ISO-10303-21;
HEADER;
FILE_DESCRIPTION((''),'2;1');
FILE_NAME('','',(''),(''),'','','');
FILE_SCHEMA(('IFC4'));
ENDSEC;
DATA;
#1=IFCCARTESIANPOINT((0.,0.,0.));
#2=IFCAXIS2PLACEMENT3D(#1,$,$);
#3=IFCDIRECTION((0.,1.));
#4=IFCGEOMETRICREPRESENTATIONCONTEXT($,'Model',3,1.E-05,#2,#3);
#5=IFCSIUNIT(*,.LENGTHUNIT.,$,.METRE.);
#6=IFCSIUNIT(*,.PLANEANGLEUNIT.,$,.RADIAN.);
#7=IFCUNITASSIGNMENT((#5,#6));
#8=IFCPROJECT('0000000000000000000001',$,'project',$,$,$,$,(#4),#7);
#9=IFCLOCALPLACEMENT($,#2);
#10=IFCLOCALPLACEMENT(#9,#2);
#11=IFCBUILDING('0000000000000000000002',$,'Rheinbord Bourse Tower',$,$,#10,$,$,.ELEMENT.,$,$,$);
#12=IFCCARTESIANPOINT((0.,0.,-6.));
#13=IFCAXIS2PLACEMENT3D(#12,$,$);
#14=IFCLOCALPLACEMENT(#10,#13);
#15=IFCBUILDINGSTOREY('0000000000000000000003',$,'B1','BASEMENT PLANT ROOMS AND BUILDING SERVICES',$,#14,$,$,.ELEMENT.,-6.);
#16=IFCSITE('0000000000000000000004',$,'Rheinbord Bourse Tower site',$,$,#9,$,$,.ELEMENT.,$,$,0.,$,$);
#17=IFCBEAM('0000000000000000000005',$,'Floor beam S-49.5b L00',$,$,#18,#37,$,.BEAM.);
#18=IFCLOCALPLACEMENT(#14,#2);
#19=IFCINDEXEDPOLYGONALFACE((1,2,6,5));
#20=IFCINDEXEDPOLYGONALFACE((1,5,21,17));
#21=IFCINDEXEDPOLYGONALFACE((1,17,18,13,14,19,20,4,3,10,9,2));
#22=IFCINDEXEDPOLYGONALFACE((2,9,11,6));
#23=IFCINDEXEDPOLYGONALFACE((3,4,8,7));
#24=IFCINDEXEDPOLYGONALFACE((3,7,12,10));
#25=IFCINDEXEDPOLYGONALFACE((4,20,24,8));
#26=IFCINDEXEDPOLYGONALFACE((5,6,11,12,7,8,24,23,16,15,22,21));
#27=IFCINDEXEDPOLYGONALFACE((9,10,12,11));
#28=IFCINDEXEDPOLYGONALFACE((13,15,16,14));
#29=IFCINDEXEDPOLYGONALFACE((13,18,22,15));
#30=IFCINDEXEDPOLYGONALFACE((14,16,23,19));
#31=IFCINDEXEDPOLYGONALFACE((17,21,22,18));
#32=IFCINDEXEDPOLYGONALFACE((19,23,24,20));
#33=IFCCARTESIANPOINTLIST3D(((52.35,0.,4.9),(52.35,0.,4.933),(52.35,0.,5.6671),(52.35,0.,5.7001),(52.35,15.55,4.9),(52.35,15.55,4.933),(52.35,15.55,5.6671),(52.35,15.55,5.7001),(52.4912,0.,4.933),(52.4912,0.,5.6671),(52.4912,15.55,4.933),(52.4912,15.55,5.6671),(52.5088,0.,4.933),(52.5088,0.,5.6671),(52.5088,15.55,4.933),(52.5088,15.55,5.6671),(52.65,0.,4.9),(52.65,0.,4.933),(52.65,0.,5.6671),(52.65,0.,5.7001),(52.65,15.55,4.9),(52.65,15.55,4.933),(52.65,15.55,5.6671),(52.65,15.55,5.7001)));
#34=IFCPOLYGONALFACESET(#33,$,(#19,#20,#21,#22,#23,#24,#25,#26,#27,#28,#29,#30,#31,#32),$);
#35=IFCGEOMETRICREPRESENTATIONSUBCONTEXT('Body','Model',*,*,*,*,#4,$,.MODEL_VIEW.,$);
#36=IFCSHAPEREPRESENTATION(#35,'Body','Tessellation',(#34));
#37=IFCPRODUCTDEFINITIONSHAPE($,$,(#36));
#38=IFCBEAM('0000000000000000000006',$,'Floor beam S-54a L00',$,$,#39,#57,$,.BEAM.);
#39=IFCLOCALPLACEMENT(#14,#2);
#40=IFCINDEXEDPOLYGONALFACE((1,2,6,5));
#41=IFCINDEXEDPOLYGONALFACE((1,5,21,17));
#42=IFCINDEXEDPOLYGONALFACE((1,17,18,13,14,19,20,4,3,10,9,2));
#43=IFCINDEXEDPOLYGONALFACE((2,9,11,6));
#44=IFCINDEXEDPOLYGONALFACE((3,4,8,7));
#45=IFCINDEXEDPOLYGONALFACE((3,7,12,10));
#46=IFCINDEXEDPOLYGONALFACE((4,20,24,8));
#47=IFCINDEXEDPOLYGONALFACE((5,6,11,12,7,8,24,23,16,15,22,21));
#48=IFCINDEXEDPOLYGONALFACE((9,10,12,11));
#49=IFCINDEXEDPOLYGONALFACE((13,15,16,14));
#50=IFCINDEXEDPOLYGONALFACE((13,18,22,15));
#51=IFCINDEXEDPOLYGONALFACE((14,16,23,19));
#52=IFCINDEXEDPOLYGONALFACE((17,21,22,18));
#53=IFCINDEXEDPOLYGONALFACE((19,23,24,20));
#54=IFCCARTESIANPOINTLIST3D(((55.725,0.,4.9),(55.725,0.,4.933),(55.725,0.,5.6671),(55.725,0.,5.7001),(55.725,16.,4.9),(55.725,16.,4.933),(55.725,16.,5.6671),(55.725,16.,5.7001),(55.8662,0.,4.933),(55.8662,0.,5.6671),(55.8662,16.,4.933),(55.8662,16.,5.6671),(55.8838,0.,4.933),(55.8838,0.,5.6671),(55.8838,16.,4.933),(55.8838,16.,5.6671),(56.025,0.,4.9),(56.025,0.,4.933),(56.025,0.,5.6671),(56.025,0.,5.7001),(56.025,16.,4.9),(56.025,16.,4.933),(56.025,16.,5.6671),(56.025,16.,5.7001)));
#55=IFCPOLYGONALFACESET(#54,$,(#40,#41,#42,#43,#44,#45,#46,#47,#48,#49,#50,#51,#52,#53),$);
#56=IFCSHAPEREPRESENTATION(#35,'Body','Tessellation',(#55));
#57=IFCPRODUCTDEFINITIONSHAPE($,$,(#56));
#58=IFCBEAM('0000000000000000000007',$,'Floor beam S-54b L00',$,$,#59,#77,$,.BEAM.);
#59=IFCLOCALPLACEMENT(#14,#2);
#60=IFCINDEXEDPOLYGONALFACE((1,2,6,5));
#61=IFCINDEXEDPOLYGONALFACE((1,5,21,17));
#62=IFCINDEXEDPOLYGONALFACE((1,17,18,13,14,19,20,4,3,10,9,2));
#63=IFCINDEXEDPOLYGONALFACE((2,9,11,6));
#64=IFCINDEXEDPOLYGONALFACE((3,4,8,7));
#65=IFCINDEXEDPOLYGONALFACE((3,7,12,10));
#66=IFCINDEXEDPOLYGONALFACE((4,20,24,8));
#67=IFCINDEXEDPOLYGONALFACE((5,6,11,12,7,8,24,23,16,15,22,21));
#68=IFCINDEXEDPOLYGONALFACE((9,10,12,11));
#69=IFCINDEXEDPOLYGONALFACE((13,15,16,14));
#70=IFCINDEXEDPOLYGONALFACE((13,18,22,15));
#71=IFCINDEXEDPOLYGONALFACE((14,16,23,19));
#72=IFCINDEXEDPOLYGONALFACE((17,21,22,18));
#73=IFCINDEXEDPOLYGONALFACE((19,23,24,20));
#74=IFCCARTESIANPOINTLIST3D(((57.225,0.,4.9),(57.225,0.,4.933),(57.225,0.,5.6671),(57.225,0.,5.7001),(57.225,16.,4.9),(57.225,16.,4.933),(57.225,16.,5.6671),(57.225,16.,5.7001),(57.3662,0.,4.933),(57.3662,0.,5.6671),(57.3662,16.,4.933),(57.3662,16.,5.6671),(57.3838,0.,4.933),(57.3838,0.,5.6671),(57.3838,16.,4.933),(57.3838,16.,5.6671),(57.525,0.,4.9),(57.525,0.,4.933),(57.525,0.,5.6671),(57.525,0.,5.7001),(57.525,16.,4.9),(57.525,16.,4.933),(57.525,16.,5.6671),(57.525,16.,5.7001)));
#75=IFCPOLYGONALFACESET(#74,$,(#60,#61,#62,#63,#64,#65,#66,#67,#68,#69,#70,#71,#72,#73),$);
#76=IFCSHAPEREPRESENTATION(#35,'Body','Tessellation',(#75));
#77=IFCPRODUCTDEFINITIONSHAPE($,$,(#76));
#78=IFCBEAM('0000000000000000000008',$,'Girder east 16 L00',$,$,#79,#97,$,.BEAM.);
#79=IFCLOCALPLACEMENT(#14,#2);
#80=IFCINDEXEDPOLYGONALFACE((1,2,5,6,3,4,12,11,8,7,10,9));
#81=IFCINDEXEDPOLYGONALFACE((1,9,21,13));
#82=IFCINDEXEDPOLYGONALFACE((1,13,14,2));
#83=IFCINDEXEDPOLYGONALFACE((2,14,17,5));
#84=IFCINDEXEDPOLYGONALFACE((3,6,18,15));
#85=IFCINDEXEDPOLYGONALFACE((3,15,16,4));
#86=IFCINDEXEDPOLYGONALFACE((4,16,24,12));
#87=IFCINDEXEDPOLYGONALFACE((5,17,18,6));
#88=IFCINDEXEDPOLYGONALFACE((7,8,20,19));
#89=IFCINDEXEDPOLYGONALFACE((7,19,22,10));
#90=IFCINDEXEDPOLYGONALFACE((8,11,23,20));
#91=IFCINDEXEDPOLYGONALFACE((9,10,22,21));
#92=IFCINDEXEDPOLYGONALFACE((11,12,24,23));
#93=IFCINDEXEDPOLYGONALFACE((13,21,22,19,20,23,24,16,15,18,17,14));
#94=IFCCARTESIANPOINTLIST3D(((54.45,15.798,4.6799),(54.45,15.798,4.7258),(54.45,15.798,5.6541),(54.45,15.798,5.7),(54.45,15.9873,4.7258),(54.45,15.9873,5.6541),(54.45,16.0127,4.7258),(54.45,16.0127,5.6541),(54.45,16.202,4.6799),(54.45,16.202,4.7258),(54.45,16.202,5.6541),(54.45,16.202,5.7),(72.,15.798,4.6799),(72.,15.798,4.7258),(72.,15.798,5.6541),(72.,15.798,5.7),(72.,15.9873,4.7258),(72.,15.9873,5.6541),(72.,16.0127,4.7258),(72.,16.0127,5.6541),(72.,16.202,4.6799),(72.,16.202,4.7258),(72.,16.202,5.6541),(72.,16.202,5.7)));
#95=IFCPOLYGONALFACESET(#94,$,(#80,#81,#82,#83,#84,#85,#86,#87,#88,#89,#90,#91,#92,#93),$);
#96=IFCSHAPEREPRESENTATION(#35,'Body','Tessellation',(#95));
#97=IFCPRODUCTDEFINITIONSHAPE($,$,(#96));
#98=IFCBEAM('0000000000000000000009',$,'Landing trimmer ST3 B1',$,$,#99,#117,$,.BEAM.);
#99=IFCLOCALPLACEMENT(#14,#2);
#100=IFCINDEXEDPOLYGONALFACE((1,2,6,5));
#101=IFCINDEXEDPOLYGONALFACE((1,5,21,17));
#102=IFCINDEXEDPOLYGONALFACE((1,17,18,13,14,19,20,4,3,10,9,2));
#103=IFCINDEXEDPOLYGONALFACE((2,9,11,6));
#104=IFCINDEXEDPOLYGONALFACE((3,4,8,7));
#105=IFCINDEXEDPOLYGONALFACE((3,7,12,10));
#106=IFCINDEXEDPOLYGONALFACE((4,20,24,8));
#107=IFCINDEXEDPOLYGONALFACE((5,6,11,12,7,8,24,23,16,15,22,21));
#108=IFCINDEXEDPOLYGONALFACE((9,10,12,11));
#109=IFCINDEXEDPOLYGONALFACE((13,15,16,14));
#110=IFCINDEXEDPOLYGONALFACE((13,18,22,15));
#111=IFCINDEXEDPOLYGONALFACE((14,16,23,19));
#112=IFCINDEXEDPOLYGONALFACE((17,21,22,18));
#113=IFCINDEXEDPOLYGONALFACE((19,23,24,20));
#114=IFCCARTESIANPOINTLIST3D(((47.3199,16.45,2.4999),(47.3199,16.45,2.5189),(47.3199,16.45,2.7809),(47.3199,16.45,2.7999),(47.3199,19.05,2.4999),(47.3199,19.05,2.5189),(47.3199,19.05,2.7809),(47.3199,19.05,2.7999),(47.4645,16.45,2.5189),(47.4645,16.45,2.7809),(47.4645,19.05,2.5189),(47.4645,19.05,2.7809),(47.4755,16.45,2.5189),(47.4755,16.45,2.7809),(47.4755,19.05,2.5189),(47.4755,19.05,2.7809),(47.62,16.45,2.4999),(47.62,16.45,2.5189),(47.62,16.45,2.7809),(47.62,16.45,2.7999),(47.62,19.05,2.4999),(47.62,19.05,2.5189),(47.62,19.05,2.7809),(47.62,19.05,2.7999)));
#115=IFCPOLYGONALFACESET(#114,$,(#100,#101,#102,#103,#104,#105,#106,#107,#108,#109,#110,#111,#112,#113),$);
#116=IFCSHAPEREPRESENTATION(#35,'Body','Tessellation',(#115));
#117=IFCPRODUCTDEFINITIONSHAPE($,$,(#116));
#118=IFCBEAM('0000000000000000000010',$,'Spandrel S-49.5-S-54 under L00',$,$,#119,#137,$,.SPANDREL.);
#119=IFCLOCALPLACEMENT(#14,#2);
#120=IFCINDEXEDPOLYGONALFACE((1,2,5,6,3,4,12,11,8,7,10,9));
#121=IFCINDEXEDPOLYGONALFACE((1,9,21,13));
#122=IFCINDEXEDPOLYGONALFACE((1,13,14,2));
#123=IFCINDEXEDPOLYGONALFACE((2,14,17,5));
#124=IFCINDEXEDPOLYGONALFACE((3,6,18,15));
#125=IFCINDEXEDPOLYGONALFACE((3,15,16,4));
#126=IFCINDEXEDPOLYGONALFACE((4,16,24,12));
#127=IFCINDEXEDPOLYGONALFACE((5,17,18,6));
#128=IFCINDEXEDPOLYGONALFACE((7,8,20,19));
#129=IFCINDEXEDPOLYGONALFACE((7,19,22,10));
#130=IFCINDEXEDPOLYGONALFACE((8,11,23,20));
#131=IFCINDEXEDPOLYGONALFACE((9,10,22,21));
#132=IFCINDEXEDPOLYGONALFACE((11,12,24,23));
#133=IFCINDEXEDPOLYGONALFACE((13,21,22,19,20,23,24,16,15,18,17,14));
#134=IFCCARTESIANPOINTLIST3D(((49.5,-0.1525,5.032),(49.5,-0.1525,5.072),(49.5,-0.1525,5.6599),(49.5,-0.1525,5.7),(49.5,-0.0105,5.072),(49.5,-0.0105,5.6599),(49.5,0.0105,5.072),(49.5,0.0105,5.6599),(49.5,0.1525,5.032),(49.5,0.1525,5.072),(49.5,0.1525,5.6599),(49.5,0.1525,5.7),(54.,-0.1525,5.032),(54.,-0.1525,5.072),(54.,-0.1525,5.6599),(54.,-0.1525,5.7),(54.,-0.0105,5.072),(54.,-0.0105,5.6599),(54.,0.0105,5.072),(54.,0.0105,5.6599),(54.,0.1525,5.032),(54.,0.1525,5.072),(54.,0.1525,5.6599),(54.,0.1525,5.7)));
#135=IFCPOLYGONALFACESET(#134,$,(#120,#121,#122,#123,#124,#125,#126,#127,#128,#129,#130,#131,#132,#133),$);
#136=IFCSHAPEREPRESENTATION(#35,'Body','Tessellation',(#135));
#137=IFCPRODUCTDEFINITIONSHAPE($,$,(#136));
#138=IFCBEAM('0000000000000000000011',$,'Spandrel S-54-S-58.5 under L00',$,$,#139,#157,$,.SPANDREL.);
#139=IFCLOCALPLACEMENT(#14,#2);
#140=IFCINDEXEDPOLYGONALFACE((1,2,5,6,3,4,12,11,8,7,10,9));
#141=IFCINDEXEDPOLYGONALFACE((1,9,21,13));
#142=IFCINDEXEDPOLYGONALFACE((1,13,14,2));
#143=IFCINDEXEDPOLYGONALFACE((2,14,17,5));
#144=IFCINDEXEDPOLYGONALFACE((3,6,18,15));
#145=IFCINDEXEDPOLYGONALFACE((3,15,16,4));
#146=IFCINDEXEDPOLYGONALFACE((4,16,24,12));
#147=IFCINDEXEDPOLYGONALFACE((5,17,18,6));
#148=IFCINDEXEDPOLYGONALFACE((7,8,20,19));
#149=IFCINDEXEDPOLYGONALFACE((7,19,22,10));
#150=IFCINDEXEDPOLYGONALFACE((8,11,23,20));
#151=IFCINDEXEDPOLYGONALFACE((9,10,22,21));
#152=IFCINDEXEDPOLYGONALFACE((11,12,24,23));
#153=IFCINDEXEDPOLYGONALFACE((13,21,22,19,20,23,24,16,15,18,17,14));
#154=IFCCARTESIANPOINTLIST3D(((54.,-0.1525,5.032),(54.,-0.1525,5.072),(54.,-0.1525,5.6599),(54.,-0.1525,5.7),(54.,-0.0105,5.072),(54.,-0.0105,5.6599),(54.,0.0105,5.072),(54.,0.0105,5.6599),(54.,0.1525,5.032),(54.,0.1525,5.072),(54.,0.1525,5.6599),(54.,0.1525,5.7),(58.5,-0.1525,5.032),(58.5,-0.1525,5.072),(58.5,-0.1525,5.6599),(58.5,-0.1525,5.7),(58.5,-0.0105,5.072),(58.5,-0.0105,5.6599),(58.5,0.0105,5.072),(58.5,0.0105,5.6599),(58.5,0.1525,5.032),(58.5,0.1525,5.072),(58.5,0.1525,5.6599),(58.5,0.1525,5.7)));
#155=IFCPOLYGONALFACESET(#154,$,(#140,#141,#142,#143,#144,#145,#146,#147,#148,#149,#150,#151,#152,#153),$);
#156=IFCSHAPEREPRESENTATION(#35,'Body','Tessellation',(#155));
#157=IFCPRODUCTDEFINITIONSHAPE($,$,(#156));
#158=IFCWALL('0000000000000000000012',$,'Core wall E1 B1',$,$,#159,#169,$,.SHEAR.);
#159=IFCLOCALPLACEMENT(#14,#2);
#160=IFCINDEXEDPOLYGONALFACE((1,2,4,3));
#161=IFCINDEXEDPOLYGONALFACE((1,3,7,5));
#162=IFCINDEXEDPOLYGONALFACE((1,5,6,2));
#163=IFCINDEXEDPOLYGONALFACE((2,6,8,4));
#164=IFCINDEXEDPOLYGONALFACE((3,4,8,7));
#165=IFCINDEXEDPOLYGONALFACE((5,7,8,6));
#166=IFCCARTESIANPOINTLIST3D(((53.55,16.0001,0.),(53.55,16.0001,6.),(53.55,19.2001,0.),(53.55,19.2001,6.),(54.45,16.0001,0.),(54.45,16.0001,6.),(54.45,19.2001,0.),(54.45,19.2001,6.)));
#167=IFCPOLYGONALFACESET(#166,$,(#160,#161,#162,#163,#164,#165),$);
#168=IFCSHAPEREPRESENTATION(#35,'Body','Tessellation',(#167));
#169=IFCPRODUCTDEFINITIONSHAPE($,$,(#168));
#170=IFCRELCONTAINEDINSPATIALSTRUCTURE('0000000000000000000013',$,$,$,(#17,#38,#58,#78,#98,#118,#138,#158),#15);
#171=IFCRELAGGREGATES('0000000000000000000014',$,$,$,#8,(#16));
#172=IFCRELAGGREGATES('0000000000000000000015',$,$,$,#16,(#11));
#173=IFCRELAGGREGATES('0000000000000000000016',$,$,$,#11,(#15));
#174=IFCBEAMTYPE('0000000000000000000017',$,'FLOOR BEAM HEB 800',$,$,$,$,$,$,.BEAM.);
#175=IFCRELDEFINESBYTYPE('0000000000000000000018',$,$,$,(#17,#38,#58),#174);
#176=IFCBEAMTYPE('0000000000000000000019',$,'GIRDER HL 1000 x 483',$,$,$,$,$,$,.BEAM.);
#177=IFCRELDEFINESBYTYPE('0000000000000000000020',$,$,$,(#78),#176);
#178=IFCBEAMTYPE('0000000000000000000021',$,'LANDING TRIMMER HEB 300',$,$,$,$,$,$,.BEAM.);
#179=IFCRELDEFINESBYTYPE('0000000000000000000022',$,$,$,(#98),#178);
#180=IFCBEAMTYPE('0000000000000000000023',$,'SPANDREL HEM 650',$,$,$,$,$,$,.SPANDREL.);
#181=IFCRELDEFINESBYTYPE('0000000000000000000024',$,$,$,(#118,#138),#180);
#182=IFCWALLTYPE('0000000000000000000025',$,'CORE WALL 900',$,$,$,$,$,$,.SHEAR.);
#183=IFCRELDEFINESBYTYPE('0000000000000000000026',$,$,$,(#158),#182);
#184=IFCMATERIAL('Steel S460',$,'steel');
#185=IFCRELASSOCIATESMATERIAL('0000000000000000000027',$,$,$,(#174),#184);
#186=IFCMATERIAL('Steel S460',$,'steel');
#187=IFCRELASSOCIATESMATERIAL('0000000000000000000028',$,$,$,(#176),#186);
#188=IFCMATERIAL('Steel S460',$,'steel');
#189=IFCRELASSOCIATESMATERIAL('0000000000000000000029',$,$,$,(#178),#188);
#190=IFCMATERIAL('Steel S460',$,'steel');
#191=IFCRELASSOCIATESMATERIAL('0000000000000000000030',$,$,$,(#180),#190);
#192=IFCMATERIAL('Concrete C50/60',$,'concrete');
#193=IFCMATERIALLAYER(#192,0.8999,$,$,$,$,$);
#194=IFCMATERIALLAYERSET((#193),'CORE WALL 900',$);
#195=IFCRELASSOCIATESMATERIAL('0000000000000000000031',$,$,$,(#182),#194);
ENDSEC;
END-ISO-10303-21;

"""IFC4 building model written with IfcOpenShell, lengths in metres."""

from ifc_helpers import new_model, si_unit, direction, frame, frame_2d, origin, origin_2d, place, context, subcontext, project, spatial, rectangle, i_section, extrude, material, layer, layer_set, material_profile, profile_set, type_object, element, save


model = new_model("IFC4")

# Units and contexts
model_context = context("Model", 3, precision=1e-05, world=origin(), true_north=direction((0.0, 1.0)))
body_context = subcontext(model_context, "Body", "Model", "MODEL_VIEW")
ifc_project = project(units=[si_unit("LENGTHUNIT", "METRE"), si_unit("PLANEANGLEUNIT", "RADIAN")], contexts=[model_context])

# Site, building, storey
site_placement = place(None, origin())
site = spatial("IfcSite", under=ifc_project, at=site_placement, Name="Rheinbord Bourse Tower site", CompositionType="ELEMENT", RefElevation=0.0)
building_placement = place(site_placement, origin())
building = spatial("IfcBuilding", under=site, at=building_placement, Name="Rheinbord Bourse Tower", CompositionType="ELEMENT")
storey_placement = place(building_placement, frame((0.0, 0.0, -6.0)))
storey = spatial("IfcBuildingStorey", under=building, at=storey_placement, Name="B1", Description="BASEMENT PLANT ROOMS AND BUILDING SERVICES", CompositionType="ELEMENT", Elevation=-6.0)

# Beams
ifc_material_1 = material(Name="Steel S460", Category="steel")
ifc_material_profile_1 = material_profile(ifc_material_1, i_section(OverallWidth=0.3, OverallDepth=0.8, WebThickness=0.0176, FlangeThickness=0.033, at=origin_2d()), Name="HEB 800")
ifc_profile_set_1 = profile_set([ifc_material_profile_1], Name="Steel S460")
beam_type_1 = type_object("IfcBeamType", Name="FLOOR BEAM HEB 800", PredefinedType="BEAM", material=ifc_profile_set_1)
for number, where, z_axis, x_axis, name in (
    (1, (52.5, 0.0, 5.3), (0.0, 1.0, 0.0), (-1.0, 0.0, 0.0), "Floor beam S-49.5b L00"),
):
    element("IfcBeam", number, at=place(storey_placement, frame(where, z_axis=z_axis, x_axis=x_axis)), inside=storey, type_object=beam_type_1, Name=name, PredefinedType="BEAM", context=body_context, shape_type="SweptSolid", body=[
        extrude(i_section(OverallWidth=0.3, OverallDepth=0.8, WebThickness=0.0176, FlangeThickness=0.033, at=origin_2d()), origin(), (0.0, 0.0, 1.0), 15.55),
    ])
for number, where, z_axis, x_axis, name in (
    (2, (55.875, 0.0, 5.3), (0.0, 1.0, 0.0), (-1.0, 0.0, 0.0), "Floor beam S-54a L00"),
    (3, (57.375, 0.0, 5.3), (0.0, 1.0, 0.0), (-1.0, 0.0, 0.0), "Floor beam S-54b L00"),
):
    element("IfcBeam", number, at=place(storey_placement, frame(where, z_axis=z_axis, x_axis=x_axis)), inside=storey, type_object=beam_type_1, Name=name, PredefinedType="BEAM", context=body_context, shape_type="SweptSolid", body=[
        extrude(i_section(OverallWidth=0.3, OverallDepth=0.8, WebThickness=0.0176, FlangeThickness=0.033, at=origin_2d()), origin(), (0.0, 0.0, 1.0), 16.0),
    ])
ifc_material_2 = material(Name="Steel S460", Category="steel")
ifc_material_profile_2 = material_profile(ifc_material_2, i_section(OverallWidth=0.4041, OverallDepth=1.02, WebThickness=0.0254, FlangeThickness=0.0459, at=origin_2d()), Name="HL 1000 x 483")
ifc_profile_set_2 = profile_set([ifc_material_profile_2], Name="Steel S460")
beam_type_2 = type_object("IfcBeamType", Name="GIRDER HL 1000 x 483", PredefinedType="BEAM", material=ifc_profile_set_2)
beam_1_placement = place(storey_placement, frame((54.45, 16.0, 5.1899), z_axis=(1.0, 0.0, 0.0), x_axis=(0.0, 1.0, 0.0)))
element("IfcBeam", 4, at=beam_1_placement, inside=storey, type_object=beam_type_2, Name="Girder east 16 L00", PredefinedType="BEAM", context=body_context, shape_type="SweptSolid", body=[
    extrude(i_section(OverallWidth=0.4041, OverallDepth=1.02, WebThickness=0.0254, FlangeThickness=0.0459, at=origin_2d()), origin(), (0.0, 0.0, 1.0), 17.55),
])
ifc_material_3 = material(Name="Steel S460", Category="steel")
ifc_material_profile_3 = material_profile(ifc_material_3, i_section(OverallWidth=0.3, OverallDepth=0.3, WebThickness=0.011, FlangeThickness=0.019, at=origin_2d()), Name="HEB 300")
ifc_profile_set_3 = profile_set([ifc_material_profile_3], Name="Steel S460")
beam_type_3 = type_object("IfcBeamType", Name="LANDING TRIMMER HEB 300", PredefinedType="BEAM", material=ifc_profile_set_3)
beam_2_placement = place(storey_placement, frame((47.47, 16.45, 2.6499), z_axis=(0.0, 1.0, 0.0), x_axis=(-1.0, 0.0, 0.0)))
element("IfcBeam", 5, at=beam_2_placement, inside=storey, type_object=beam_type_3, Name="Landing trimmer ST3 B1", PredefinedType="BEAM", context=body_context, shape_type="SweptSolid", body=[
    extrude(i_section(OverallWidth=0.3, OverallDepth=0.3, WebThickness=0.011, FlangeThickness=0.019, at=origin_2d()), origin(), (0.0, 0.0, 1.0), 2.6001),
])
ifc_material_4 = material(Name="Steel S460", Category="steel")
ifc_material_profile_4 = material_profile(ifc_material_4, i_section(OverallWidth=0.3049, OverallDepth=0.668, WebThickness=0.021, FlangeThickness=0.04, at=origin_2d()), Name="HEM 650")
ifc_profile_set_4 = profile_set([ifc_material_profile_4], Name="Steel S460")
beam_type_4 = type_object("IfcBeamType", Name="SPANDREL HEM 650", PredefinedType="SPANDREL", material=ifc_profile_set_4)
for number, where, z_axis, x_axis, name in (
    (6, (49.5, 0.0, 5.366), (1.0, 0.0, 0.0), (0.0, 1.0, 0.0), "Spandrel S-49.5-S-54 under L00"),
    (7, (54.0, 0.0, 5.366), (1.0, 0.0, 0.0), (0.0, 1.0, 0.0), "Spandrel S-54-S-58.5 under L00"),
):
    element("IfcBeam", number, at=place(storey_placement, frame(where, z_axis=z_axis, x_axis=x_axis)), inside=storey, type_object=beam_type_4, Name=name, PredefinedType="SPANDREL", context=body_context, shape_type="SweptSolid", body=[
        extrude(i_section(OverallWidth=0.3049, OverallDepth=0.668, WebThickness=0.021, FlangeThickness=0.04, at=origin_2d()), origin(), (0.0, 0.0, 1.0), 4.5),
    ])

# Wall
ifc_material_5 = material(Name="Concrete C50/60", Category="concrete")
ifc_layer_1 = layer(ifc_material_5, 0.8999)
ifc_layer_set_1 = layer_set([ifc_layer_1], Name="CORE WALL 900")
wall_type_1 = type_object("IfcWallType", Name="CORE WALL 900", PredefinedType="SHEAR", material=ifc_layer_set_1)
wall_1_placement = place(storey_placement, frame((54.0, 16.0, 0.0), z_axis=(0.0, 0.0, 1.0), x_axis=(0.0, 1.0, 0.0)))
element("IfcWall", 8, at=wall_1_placement, inside=storey, type_object=wall_type_1, Name="Core wall E1 B1", PredefinedType="SHEAR", context=body_context, shape_type="SweptSolid", body=[
    extrude(rectangle(XDim=3.2, YDim=0.8999, at=frame_2d((1.6001, 0.0))), origin(), (0.0, 0.0, 1.0), 6.0),
])

save(model, "model.ifc")
